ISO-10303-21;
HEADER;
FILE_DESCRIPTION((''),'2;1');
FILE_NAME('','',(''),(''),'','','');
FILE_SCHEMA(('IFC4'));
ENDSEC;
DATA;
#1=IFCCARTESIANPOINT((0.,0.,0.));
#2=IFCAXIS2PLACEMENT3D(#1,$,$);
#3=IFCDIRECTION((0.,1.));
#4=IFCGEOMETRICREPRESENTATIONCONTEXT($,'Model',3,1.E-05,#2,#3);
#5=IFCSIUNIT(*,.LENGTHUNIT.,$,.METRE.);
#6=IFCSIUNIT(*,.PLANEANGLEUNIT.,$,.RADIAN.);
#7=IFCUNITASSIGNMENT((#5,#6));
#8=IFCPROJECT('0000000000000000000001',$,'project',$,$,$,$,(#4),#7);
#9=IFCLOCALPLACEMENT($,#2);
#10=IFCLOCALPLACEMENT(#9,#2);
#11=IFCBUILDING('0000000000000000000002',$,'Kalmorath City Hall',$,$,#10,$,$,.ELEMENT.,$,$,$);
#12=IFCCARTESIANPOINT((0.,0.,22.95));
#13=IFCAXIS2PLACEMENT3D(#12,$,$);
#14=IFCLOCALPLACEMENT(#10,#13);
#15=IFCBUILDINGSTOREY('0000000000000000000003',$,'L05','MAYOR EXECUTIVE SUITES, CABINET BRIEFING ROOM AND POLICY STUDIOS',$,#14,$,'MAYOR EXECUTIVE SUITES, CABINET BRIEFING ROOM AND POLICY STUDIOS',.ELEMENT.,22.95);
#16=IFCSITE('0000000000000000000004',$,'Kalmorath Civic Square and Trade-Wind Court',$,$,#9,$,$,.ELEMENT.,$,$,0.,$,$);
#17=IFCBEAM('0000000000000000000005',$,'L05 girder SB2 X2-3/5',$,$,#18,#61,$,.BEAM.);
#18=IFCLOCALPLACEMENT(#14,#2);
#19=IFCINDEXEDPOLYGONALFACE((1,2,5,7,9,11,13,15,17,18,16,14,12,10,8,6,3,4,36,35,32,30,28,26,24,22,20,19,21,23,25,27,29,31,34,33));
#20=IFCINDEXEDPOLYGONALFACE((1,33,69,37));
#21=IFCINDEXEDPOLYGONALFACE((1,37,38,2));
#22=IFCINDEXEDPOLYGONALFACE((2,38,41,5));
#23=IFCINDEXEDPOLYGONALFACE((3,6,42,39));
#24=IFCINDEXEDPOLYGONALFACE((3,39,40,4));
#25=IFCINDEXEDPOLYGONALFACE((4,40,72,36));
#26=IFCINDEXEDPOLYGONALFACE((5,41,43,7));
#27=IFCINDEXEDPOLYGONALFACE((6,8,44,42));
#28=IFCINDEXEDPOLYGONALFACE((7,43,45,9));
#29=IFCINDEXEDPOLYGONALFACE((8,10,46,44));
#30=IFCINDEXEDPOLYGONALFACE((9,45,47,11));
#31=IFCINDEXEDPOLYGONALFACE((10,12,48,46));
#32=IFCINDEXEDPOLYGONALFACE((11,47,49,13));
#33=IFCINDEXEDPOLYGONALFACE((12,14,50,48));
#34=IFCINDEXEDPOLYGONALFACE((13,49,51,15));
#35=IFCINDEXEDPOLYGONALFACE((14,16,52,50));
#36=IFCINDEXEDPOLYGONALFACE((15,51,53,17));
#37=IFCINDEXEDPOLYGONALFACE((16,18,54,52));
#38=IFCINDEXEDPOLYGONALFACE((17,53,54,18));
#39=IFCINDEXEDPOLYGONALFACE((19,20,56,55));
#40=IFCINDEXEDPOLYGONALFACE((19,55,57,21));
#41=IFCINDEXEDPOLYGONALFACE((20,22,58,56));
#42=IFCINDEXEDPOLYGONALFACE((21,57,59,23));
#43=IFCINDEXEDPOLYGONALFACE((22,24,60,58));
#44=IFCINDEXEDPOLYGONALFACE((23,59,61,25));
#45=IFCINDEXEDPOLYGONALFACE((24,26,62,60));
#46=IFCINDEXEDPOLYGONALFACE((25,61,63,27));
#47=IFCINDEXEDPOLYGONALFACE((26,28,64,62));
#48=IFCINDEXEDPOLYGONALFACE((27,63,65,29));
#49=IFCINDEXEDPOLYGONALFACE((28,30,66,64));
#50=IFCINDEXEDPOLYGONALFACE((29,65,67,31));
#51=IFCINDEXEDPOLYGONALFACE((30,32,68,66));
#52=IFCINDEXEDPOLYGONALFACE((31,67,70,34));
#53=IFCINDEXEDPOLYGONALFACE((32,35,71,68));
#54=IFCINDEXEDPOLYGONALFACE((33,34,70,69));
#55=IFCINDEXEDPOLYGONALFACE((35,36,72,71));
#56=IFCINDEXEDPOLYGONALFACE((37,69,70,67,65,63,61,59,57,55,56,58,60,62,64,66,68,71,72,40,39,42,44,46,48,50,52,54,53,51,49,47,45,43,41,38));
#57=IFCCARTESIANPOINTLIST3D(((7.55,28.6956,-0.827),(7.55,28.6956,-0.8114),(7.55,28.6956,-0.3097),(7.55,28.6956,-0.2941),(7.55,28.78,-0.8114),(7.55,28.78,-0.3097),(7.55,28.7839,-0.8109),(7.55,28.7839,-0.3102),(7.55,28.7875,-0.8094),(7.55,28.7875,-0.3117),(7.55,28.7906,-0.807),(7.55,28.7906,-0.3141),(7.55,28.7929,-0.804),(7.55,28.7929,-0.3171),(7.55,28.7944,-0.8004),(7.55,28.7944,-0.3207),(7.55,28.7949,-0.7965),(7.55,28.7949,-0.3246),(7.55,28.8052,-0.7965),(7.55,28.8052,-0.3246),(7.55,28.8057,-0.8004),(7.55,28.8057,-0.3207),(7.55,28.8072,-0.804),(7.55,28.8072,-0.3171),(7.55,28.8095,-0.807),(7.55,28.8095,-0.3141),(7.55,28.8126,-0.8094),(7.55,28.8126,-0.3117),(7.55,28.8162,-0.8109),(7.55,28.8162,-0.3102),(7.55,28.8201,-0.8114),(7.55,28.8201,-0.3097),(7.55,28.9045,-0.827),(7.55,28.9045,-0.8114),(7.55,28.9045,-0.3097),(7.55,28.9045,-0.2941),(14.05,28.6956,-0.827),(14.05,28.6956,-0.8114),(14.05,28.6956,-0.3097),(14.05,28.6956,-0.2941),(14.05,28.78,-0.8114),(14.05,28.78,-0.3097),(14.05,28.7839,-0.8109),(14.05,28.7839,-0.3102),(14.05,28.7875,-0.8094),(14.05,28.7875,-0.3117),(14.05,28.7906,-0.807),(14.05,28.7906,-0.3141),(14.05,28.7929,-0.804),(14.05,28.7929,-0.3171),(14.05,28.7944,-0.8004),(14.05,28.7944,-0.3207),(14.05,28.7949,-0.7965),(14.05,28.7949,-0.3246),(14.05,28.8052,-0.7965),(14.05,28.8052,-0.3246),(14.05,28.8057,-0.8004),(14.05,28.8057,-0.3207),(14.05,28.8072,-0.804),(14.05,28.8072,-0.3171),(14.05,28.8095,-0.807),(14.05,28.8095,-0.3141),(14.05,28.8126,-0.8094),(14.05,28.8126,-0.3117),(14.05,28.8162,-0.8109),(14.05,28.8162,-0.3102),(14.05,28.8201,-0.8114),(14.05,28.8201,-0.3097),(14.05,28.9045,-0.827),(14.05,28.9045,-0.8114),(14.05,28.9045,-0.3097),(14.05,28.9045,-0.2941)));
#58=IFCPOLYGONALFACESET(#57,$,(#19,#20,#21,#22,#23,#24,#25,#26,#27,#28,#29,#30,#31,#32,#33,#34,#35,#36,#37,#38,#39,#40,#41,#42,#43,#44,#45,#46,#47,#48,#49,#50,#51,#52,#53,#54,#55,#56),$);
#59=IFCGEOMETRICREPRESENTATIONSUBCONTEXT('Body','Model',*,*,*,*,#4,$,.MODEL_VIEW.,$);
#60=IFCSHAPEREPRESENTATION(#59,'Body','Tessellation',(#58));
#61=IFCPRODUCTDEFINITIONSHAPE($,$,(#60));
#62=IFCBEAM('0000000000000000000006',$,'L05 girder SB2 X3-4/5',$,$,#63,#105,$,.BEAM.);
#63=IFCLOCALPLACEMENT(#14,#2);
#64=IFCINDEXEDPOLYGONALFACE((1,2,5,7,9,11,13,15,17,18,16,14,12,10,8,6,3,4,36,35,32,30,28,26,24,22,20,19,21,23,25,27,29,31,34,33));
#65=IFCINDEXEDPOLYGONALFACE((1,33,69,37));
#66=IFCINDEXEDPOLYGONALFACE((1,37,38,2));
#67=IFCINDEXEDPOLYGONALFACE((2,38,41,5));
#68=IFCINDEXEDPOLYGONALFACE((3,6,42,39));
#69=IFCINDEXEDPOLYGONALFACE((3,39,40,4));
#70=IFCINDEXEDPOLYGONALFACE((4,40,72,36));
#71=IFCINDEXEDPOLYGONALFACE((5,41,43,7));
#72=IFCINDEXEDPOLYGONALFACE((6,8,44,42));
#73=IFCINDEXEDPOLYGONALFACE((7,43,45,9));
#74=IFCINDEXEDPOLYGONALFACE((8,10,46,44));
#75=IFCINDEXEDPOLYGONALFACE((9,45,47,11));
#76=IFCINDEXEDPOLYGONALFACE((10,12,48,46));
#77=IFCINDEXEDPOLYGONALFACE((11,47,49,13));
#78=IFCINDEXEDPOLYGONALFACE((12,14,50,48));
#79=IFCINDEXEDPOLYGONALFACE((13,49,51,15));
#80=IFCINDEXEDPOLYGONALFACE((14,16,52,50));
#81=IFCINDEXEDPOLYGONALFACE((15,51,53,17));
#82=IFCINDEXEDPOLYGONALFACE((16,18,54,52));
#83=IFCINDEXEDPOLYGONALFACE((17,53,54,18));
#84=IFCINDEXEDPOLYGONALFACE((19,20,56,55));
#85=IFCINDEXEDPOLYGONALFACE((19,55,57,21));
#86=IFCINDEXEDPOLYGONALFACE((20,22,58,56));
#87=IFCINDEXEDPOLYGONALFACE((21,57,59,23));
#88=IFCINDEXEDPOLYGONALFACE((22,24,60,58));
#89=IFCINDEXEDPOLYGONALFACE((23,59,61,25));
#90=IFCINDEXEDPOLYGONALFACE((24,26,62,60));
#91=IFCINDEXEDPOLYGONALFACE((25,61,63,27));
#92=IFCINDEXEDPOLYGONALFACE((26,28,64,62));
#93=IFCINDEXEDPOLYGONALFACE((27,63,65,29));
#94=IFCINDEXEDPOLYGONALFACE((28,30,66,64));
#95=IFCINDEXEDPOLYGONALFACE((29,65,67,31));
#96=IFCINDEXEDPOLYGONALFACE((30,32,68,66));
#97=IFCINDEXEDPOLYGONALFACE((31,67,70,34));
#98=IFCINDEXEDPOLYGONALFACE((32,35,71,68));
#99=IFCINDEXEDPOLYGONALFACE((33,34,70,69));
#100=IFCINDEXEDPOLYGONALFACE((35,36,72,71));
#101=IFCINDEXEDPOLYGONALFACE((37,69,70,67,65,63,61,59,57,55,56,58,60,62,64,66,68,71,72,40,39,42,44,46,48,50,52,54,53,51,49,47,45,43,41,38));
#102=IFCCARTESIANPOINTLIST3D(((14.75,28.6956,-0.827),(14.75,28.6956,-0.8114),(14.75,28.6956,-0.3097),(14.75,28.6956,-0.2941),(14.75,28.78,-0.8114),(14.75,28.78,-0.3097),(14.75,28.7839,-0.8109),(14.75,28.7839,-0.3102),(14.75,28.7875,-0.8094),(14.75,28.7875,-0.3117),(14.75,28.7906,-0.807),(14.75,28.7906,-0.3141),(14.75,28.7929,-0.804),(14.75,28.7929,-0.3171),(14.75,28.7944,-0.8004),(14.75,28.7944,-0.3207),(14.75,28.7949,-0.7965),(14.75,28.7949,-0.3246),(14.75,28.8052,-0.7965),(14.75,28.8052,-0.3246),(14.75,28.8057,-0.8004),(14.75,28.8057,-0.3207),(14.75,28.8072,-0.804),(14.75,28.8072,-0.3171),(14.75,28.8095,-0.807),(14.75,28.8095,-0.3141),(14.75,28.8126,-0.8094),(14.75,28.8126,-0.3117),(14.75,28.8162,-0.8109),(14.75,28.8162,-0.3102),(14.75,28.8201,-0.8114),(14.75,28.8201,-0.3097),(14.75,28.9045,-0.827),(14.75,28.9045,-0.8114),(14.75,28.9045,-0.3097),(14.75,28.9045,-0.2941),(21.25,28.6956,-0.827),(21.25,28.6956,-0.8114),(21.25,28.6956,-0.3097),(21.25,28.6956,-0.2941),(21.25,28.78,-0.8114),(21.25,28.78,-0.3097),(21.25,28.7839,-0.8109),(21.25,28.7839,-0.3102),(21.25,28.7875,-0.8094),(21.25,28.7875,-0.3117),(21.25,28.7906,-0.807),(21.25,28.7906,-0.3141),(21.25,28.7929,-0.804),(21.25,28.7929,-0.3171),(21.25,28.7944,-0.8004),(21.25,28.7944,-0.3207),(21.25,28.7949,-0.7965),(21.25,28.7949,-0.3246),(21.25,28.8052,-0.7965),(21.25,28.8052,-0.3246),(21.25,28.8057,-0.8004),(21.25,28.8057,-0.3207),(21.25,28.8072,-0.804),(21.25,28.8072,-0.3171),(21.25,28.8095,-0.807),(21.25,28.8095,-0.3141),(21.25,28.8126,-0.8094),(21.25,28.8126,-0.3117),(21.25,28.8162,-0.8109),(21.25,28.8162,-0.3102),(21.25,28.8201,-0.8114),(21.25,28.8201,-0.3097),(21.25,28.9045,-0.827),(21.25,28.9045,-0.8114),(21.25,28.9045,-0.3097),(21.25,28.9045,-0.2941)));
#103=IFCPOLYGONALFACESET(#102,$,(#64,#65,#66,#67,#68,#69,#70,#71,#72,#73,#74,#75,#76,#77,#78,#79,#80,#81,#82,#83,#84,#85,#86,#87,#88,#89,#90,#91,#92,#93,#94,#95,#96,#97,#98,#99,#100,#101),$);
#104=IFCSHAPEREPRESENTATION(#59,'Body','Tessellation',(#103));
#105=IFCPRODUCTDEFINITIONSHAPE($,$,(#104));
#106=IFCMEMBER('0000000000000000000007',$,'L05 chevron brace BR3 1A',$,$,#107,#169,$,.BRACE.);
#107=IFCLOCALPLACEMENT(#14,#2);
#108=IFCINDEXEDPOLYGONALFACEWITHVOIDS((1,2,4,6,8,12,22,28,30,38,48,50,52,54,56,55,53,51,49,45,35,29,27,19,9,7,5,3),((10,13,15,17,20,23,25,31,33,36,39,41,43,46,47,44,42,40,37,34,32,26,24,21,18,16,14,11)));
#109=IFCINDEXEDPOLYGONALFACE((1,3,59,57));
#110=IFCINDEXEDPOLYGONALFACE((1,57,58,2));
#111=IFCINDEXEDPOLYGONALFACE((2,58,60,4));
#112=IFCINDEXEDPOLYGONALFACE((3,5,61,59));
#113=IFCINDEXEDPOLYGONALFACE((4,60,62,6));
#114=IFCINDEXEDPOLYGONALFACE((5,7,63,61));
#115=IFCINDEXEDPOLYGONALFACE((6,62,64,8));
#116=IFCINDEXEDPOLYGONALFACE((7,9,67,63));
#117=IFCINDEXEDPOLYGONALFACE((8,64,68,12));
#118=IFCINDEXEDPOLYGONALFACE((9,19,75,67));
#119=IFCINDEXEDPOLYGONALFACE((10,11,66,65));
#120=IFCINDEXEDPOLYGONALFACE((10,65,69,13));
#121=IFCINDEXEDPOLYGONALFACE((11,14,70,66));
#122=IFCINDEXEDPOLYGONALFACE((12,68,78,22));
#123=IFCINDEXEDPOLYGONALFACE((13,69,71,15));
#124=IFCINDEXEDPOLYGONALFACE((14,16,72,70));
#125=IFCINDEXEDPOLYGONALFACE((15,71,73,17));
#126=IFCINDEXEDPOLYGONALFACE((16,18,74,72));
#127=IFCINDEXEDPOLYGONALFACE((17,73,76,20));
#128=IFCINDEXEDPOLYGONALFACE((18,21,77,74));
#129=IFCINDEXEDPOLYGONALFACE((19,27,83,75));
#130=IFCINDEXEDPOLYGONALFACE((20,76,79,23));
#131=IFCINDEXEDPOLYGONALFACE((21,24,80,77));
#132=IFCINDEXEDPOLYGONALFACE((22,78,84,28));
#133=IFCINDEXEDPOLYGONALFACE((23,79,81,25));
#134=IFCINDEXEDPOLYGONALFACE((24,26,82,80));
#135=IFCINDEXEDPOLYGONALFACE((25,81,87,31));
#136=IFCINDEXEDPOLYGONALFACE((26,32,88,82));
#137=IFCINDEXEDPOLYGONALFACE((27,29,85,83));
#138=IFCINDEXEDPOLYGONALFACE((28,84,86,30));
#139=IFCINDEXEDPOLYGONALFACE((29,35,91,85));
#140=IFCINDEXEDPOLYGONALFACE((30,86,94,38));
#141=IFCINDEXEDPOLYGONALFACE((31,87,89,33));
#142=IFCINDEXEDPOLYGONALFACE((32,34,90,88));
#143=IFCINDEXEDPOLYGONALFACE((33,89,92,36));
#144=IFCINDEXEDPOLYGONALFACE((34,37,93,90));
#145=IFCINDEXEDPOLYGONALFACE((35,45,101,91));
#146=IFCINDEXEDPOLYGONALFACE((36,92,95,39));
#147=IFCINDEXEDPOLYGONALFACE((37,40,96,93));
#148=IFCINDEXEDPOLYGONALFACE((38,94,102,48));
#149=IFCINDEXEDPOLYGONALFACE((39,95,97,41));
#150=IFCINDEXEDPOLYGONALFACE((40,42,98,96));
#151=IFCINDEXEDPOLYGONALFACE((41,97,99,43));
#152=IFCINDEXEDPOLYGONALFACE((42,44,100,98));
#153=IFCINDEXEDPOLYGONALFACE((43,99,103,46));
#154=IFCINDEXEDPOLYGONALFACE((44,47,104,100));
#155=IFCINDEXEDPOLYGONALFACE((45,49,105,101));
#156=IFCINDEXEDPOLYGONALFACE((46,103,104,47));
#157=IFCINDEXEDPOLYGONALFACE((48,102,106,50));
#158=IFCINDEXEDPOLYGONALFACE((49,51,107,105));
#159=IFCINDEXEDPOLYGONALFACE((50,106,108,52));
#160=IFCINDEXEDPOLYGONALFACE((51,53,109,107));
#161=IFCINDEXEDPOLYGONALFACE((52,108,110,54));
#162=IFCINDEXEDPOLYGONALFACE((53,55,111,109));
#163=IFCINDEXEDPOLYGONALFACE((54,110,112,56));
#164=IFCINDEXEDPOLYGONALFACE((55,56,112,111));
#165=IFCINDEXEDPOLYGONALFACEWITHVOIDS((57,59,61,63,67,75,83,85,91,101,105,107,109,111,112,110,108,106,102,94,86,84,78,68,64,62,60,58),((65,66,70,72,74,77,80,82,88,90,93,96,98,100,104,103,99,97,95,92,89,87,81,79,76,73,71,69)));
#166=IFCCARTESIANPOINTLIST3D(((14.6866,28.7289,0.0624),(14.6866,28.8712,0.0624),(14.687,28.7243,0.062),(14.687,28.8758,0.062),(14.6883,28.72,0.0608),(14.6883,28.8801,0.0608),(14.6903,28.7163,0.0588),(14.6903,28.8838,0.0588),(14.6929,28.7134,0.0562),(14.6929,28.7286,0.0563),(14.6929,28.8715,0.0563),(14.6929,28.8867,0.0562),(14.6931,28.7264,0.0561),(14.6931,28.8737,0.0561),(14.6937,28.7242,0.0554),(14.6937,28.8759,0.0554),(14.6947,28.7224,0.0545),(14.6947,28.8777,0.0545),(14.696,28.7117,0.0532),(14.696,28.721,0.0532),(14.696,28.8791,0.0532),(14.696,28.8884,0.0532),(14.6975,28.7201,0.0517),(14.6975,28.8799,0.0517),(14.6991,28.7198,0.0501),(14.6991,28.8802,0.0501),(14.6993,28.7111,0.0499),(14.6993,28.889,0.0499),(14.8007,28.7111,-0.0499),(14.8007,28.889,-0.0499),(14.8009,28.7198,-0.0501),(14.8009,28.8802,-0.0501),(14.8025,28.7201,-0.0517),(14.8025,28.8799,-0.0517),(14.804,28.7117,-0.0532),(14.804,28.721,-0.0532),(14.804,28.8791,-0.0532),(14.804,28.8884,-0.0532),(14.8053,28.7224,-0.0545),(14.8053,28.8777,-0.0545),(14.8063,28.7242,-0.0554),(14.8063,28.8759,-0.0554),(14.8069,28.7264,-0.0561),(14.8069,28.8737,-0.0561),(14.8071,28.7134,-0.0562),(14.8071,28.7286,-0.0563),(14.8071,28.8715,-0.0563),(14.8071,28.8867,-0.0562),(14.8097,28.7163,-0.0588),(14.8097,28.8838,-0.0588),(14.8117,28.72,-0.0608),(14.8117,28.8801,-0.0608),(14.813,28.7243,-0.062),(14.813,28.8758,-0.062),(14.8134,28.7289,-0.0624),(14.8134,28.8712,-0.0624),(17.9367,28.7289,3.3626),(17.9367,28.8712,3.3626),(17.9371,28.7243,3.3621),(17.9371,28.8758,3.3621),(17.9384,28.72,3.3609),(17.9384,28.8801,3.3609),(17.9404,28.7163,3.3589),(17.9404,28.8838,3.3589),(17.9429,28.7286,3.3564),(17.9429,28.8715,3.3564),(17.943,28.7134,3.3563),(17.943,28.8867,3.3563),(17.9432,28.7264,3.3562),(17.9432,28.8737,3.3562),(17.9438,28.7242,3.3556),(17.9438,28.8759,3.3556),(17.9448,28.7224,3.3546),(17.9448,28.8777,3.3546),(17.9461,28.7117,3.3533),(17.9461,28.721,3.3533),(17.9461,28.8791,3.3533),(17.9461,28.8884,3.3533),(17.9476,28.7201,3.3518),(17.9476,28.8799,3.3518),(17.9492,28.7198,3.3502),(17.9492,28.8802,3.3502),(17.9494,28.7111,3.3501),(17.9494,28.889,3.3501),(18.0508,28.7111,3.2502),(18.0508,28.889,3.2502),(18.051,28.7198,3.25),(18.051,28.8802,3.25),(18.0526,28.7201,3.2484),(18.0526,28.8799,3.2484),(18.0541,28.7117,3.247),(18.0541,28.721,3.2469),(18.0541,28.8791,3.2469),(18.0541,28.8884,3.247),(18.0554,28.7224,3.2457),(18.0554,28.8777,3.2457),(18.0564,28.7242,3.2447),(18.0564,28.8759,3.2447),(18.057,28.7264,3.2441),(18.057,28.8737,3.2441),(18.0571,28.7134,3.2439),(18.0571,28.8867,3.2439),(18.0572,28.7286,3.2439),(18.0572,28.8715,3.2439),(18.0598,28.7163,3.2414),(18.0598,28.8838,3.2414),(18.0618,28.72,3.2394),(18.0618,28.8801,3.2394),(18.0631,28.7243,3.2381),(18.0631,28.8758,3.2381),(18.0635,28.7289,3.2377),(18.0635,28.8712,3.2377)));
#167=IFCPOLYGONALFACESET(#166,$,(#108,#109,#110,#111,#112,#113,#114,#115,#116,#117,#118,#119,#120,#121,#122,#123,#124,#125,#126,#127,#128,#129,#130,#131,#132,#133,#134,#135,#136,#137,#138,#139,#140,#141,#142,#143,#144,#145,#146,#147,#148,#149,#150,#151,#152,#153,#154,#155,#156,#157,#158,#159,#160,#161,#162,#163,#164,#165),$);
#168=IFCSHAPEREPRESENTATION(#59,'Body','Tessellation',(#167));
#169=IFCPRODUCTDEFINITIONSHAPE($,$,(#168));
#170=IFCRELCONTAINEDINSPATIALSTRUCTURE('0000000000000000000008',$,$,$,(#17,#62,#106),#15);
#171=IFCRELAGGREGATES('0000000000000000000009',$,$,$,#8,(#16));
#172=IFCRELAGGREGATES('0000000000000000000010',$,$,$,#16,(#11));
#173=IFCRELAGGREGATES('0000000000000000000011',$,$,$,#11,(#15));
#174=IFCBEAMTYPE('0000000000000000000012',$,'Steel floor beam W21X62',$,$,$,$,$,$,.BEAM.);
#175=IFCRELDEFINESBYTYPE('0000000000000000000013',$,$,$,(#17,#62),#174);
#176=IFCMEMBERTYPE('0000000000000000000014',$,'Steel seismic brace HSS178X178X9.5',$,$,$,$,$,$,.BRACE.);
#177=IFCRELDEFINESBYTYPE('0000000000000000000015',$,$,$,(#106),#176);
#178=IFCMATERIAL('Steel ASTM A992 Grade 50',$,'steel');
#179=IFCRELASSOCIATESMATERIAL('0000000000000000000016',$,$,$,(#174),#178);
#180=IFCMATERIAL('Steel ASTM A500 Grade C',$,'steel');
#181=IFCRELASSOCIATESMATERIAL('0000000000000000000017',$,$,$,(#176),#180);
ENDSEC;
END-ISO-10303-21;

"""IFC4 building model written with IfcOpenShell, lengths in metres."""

from ifc_helpers import new_model, si_unit, direction, frame, origin, origin_2d, place, context, subcontext, project, spatial, hollow_rectangle, i_section, extrude, material, material_profile, profile_set, type_object, element, save


model = new_model("IFC4")

# Units and contexts
model_context = context("Model", 3, precision=1e-05, world=origin(), true_north=direction((0.0, 1.0)))
body_context = subcontext(model_context, "Body", "Model", "MODEL_VIEW")
ifc_project = project(units=[si_unit("LENGTHUNIT", "METRE"), si_unit("PLANEANGLEUNIT", "RADIAN")], contexts=[model_context])

# Site, building, storey
site_placement = place(None, origin())
site = spatial("IfcSite", under=ifc_project, at=site_placement, Name="Kalmorath Civic Square and Trade-Wind Court", CompositionType="ELEMENT", RefElevation=0.0)
building_placement = place(site_placement, origin())
building = spatial("IfcBuilding", under=site, at=building_placement, Name="Kalmorath City Hall", CompositionType="ELEMENT")
storey_placement = place(building_placement, frame((0.0, 0.0, 22.95)))
storey = spatial("IfcBuildingStorey", under=building, at=storey_placement, Name="L05", Description="MAYOR EXECUTIVE SUITES, CABINET BRIEFING ROOM AND POLICY STUDIOS", LongName="MAYOR EXECUTIVE SUITES, CABINET BRIEFING ROOM AND POLICY STUDIOS", CompositionType="ELEMENT", Elevation=22.95)

# Beams
ifc_material_1 = material(Name="Steel ASTM A992 Grade 50", Category="steel")
ifc_material_profile_1 = material_profile(ifc_material_1, i_section(OverallWidth=0.209, OverallDepth=0.533, WebThickness=0.0103, FlangeThickness=0.0156, FilletRadius=0.0149, at=origin_2d()), Name="W21X62")
ifc_profile_set_1 = profile_set([ifc_material_profile_1], Name="Steel ASTM A992 Grade 50")
beam_type_1 = type_object("IfcBeamType", Name="Steel floor beam W21X62", PredefinedType="BEAM", material=ifc_profile_set_1)
for number, where, z_axis, x_axis, name in (
    (1, (7.55, 28.8, -0.5605), (1.0, 0.0, 0.0), (0.0, 1.0, 0.0), "L05 girder SB2 X2-3/5"),
    (2, (14.75, 28.8, -0.5605), (1.0, 0.0, 0.0), (0.0, 1.0, 0.0), "L05 girder SB2 X3-4/5"),
):
    element("IfcBeam", number, at=place(storey_placement, frame(where, z_axis=z_axis, x_axis=x_axis)), inside=storey, type_object=beam_type_1, Name=name, PredefinedType="BEAM", context=body_context, shape_type="SweptSolid", body=[
        extrude(i_section(OverallWidth=0.209, OverallDepth=0.533, WebThickness=0.0103, FlangeThickness=0.0156, FilletRadius=0.0149, at=origin_2d()), origin(), (0.0, 0.0, 1.0), 6.5),
    ])

# Member
ifc_material_2 = material(Name="Steel ASTM A500 Grade C", Category="steel")
ifc_material_profile_2 = material_profile(ifc_material_2, hollow_rectangle(XDim=0.178, YDim=0.178, WallThickness=0.0088, InnerFilletRadius=0.0088, OuterFilletRadius=0.0178, at=origin_2d()), Name="HSS178X178X9.5")
ifc_profile_set_2 = profile_set([ifc_material_profile_2], Name="Steel ASTM A500 Grade C")
member_type = type_object("IfcMemberType", Name="Steel seismic brace HSS178X178X9.5", PredefinedType="BRACE", material=ifc_profile_set_2)
for number, where, z_axis, x_axis, name in (
    (3, (14.75, 28.8, 0.0), (0.701683, 0.0, 0.712489), (0.0, 1.0, 0.0), "L05 chevron brace BR3 1A"),
):
    element("IfcMember", number, at=place(storey_placement, frame(where, z_axis=z_axis, x_axis=x_axis)), inside=storey, type_object=member_type, Name=name, PredefinedType="BRACE", context=body_context, shape_type="SweptSolid", body=[
        extrude(hollow_rectangle(XDim=0.178, YDim=0.178, WallThickness=0.0088, InnerFilletRadius=0.0088, OuterFilletRadius=0.0178, at=origin_2d()), origin(), (0.0, 0.0, 1.0), 4.6318),
    ])

save(model, "model.ifc")
